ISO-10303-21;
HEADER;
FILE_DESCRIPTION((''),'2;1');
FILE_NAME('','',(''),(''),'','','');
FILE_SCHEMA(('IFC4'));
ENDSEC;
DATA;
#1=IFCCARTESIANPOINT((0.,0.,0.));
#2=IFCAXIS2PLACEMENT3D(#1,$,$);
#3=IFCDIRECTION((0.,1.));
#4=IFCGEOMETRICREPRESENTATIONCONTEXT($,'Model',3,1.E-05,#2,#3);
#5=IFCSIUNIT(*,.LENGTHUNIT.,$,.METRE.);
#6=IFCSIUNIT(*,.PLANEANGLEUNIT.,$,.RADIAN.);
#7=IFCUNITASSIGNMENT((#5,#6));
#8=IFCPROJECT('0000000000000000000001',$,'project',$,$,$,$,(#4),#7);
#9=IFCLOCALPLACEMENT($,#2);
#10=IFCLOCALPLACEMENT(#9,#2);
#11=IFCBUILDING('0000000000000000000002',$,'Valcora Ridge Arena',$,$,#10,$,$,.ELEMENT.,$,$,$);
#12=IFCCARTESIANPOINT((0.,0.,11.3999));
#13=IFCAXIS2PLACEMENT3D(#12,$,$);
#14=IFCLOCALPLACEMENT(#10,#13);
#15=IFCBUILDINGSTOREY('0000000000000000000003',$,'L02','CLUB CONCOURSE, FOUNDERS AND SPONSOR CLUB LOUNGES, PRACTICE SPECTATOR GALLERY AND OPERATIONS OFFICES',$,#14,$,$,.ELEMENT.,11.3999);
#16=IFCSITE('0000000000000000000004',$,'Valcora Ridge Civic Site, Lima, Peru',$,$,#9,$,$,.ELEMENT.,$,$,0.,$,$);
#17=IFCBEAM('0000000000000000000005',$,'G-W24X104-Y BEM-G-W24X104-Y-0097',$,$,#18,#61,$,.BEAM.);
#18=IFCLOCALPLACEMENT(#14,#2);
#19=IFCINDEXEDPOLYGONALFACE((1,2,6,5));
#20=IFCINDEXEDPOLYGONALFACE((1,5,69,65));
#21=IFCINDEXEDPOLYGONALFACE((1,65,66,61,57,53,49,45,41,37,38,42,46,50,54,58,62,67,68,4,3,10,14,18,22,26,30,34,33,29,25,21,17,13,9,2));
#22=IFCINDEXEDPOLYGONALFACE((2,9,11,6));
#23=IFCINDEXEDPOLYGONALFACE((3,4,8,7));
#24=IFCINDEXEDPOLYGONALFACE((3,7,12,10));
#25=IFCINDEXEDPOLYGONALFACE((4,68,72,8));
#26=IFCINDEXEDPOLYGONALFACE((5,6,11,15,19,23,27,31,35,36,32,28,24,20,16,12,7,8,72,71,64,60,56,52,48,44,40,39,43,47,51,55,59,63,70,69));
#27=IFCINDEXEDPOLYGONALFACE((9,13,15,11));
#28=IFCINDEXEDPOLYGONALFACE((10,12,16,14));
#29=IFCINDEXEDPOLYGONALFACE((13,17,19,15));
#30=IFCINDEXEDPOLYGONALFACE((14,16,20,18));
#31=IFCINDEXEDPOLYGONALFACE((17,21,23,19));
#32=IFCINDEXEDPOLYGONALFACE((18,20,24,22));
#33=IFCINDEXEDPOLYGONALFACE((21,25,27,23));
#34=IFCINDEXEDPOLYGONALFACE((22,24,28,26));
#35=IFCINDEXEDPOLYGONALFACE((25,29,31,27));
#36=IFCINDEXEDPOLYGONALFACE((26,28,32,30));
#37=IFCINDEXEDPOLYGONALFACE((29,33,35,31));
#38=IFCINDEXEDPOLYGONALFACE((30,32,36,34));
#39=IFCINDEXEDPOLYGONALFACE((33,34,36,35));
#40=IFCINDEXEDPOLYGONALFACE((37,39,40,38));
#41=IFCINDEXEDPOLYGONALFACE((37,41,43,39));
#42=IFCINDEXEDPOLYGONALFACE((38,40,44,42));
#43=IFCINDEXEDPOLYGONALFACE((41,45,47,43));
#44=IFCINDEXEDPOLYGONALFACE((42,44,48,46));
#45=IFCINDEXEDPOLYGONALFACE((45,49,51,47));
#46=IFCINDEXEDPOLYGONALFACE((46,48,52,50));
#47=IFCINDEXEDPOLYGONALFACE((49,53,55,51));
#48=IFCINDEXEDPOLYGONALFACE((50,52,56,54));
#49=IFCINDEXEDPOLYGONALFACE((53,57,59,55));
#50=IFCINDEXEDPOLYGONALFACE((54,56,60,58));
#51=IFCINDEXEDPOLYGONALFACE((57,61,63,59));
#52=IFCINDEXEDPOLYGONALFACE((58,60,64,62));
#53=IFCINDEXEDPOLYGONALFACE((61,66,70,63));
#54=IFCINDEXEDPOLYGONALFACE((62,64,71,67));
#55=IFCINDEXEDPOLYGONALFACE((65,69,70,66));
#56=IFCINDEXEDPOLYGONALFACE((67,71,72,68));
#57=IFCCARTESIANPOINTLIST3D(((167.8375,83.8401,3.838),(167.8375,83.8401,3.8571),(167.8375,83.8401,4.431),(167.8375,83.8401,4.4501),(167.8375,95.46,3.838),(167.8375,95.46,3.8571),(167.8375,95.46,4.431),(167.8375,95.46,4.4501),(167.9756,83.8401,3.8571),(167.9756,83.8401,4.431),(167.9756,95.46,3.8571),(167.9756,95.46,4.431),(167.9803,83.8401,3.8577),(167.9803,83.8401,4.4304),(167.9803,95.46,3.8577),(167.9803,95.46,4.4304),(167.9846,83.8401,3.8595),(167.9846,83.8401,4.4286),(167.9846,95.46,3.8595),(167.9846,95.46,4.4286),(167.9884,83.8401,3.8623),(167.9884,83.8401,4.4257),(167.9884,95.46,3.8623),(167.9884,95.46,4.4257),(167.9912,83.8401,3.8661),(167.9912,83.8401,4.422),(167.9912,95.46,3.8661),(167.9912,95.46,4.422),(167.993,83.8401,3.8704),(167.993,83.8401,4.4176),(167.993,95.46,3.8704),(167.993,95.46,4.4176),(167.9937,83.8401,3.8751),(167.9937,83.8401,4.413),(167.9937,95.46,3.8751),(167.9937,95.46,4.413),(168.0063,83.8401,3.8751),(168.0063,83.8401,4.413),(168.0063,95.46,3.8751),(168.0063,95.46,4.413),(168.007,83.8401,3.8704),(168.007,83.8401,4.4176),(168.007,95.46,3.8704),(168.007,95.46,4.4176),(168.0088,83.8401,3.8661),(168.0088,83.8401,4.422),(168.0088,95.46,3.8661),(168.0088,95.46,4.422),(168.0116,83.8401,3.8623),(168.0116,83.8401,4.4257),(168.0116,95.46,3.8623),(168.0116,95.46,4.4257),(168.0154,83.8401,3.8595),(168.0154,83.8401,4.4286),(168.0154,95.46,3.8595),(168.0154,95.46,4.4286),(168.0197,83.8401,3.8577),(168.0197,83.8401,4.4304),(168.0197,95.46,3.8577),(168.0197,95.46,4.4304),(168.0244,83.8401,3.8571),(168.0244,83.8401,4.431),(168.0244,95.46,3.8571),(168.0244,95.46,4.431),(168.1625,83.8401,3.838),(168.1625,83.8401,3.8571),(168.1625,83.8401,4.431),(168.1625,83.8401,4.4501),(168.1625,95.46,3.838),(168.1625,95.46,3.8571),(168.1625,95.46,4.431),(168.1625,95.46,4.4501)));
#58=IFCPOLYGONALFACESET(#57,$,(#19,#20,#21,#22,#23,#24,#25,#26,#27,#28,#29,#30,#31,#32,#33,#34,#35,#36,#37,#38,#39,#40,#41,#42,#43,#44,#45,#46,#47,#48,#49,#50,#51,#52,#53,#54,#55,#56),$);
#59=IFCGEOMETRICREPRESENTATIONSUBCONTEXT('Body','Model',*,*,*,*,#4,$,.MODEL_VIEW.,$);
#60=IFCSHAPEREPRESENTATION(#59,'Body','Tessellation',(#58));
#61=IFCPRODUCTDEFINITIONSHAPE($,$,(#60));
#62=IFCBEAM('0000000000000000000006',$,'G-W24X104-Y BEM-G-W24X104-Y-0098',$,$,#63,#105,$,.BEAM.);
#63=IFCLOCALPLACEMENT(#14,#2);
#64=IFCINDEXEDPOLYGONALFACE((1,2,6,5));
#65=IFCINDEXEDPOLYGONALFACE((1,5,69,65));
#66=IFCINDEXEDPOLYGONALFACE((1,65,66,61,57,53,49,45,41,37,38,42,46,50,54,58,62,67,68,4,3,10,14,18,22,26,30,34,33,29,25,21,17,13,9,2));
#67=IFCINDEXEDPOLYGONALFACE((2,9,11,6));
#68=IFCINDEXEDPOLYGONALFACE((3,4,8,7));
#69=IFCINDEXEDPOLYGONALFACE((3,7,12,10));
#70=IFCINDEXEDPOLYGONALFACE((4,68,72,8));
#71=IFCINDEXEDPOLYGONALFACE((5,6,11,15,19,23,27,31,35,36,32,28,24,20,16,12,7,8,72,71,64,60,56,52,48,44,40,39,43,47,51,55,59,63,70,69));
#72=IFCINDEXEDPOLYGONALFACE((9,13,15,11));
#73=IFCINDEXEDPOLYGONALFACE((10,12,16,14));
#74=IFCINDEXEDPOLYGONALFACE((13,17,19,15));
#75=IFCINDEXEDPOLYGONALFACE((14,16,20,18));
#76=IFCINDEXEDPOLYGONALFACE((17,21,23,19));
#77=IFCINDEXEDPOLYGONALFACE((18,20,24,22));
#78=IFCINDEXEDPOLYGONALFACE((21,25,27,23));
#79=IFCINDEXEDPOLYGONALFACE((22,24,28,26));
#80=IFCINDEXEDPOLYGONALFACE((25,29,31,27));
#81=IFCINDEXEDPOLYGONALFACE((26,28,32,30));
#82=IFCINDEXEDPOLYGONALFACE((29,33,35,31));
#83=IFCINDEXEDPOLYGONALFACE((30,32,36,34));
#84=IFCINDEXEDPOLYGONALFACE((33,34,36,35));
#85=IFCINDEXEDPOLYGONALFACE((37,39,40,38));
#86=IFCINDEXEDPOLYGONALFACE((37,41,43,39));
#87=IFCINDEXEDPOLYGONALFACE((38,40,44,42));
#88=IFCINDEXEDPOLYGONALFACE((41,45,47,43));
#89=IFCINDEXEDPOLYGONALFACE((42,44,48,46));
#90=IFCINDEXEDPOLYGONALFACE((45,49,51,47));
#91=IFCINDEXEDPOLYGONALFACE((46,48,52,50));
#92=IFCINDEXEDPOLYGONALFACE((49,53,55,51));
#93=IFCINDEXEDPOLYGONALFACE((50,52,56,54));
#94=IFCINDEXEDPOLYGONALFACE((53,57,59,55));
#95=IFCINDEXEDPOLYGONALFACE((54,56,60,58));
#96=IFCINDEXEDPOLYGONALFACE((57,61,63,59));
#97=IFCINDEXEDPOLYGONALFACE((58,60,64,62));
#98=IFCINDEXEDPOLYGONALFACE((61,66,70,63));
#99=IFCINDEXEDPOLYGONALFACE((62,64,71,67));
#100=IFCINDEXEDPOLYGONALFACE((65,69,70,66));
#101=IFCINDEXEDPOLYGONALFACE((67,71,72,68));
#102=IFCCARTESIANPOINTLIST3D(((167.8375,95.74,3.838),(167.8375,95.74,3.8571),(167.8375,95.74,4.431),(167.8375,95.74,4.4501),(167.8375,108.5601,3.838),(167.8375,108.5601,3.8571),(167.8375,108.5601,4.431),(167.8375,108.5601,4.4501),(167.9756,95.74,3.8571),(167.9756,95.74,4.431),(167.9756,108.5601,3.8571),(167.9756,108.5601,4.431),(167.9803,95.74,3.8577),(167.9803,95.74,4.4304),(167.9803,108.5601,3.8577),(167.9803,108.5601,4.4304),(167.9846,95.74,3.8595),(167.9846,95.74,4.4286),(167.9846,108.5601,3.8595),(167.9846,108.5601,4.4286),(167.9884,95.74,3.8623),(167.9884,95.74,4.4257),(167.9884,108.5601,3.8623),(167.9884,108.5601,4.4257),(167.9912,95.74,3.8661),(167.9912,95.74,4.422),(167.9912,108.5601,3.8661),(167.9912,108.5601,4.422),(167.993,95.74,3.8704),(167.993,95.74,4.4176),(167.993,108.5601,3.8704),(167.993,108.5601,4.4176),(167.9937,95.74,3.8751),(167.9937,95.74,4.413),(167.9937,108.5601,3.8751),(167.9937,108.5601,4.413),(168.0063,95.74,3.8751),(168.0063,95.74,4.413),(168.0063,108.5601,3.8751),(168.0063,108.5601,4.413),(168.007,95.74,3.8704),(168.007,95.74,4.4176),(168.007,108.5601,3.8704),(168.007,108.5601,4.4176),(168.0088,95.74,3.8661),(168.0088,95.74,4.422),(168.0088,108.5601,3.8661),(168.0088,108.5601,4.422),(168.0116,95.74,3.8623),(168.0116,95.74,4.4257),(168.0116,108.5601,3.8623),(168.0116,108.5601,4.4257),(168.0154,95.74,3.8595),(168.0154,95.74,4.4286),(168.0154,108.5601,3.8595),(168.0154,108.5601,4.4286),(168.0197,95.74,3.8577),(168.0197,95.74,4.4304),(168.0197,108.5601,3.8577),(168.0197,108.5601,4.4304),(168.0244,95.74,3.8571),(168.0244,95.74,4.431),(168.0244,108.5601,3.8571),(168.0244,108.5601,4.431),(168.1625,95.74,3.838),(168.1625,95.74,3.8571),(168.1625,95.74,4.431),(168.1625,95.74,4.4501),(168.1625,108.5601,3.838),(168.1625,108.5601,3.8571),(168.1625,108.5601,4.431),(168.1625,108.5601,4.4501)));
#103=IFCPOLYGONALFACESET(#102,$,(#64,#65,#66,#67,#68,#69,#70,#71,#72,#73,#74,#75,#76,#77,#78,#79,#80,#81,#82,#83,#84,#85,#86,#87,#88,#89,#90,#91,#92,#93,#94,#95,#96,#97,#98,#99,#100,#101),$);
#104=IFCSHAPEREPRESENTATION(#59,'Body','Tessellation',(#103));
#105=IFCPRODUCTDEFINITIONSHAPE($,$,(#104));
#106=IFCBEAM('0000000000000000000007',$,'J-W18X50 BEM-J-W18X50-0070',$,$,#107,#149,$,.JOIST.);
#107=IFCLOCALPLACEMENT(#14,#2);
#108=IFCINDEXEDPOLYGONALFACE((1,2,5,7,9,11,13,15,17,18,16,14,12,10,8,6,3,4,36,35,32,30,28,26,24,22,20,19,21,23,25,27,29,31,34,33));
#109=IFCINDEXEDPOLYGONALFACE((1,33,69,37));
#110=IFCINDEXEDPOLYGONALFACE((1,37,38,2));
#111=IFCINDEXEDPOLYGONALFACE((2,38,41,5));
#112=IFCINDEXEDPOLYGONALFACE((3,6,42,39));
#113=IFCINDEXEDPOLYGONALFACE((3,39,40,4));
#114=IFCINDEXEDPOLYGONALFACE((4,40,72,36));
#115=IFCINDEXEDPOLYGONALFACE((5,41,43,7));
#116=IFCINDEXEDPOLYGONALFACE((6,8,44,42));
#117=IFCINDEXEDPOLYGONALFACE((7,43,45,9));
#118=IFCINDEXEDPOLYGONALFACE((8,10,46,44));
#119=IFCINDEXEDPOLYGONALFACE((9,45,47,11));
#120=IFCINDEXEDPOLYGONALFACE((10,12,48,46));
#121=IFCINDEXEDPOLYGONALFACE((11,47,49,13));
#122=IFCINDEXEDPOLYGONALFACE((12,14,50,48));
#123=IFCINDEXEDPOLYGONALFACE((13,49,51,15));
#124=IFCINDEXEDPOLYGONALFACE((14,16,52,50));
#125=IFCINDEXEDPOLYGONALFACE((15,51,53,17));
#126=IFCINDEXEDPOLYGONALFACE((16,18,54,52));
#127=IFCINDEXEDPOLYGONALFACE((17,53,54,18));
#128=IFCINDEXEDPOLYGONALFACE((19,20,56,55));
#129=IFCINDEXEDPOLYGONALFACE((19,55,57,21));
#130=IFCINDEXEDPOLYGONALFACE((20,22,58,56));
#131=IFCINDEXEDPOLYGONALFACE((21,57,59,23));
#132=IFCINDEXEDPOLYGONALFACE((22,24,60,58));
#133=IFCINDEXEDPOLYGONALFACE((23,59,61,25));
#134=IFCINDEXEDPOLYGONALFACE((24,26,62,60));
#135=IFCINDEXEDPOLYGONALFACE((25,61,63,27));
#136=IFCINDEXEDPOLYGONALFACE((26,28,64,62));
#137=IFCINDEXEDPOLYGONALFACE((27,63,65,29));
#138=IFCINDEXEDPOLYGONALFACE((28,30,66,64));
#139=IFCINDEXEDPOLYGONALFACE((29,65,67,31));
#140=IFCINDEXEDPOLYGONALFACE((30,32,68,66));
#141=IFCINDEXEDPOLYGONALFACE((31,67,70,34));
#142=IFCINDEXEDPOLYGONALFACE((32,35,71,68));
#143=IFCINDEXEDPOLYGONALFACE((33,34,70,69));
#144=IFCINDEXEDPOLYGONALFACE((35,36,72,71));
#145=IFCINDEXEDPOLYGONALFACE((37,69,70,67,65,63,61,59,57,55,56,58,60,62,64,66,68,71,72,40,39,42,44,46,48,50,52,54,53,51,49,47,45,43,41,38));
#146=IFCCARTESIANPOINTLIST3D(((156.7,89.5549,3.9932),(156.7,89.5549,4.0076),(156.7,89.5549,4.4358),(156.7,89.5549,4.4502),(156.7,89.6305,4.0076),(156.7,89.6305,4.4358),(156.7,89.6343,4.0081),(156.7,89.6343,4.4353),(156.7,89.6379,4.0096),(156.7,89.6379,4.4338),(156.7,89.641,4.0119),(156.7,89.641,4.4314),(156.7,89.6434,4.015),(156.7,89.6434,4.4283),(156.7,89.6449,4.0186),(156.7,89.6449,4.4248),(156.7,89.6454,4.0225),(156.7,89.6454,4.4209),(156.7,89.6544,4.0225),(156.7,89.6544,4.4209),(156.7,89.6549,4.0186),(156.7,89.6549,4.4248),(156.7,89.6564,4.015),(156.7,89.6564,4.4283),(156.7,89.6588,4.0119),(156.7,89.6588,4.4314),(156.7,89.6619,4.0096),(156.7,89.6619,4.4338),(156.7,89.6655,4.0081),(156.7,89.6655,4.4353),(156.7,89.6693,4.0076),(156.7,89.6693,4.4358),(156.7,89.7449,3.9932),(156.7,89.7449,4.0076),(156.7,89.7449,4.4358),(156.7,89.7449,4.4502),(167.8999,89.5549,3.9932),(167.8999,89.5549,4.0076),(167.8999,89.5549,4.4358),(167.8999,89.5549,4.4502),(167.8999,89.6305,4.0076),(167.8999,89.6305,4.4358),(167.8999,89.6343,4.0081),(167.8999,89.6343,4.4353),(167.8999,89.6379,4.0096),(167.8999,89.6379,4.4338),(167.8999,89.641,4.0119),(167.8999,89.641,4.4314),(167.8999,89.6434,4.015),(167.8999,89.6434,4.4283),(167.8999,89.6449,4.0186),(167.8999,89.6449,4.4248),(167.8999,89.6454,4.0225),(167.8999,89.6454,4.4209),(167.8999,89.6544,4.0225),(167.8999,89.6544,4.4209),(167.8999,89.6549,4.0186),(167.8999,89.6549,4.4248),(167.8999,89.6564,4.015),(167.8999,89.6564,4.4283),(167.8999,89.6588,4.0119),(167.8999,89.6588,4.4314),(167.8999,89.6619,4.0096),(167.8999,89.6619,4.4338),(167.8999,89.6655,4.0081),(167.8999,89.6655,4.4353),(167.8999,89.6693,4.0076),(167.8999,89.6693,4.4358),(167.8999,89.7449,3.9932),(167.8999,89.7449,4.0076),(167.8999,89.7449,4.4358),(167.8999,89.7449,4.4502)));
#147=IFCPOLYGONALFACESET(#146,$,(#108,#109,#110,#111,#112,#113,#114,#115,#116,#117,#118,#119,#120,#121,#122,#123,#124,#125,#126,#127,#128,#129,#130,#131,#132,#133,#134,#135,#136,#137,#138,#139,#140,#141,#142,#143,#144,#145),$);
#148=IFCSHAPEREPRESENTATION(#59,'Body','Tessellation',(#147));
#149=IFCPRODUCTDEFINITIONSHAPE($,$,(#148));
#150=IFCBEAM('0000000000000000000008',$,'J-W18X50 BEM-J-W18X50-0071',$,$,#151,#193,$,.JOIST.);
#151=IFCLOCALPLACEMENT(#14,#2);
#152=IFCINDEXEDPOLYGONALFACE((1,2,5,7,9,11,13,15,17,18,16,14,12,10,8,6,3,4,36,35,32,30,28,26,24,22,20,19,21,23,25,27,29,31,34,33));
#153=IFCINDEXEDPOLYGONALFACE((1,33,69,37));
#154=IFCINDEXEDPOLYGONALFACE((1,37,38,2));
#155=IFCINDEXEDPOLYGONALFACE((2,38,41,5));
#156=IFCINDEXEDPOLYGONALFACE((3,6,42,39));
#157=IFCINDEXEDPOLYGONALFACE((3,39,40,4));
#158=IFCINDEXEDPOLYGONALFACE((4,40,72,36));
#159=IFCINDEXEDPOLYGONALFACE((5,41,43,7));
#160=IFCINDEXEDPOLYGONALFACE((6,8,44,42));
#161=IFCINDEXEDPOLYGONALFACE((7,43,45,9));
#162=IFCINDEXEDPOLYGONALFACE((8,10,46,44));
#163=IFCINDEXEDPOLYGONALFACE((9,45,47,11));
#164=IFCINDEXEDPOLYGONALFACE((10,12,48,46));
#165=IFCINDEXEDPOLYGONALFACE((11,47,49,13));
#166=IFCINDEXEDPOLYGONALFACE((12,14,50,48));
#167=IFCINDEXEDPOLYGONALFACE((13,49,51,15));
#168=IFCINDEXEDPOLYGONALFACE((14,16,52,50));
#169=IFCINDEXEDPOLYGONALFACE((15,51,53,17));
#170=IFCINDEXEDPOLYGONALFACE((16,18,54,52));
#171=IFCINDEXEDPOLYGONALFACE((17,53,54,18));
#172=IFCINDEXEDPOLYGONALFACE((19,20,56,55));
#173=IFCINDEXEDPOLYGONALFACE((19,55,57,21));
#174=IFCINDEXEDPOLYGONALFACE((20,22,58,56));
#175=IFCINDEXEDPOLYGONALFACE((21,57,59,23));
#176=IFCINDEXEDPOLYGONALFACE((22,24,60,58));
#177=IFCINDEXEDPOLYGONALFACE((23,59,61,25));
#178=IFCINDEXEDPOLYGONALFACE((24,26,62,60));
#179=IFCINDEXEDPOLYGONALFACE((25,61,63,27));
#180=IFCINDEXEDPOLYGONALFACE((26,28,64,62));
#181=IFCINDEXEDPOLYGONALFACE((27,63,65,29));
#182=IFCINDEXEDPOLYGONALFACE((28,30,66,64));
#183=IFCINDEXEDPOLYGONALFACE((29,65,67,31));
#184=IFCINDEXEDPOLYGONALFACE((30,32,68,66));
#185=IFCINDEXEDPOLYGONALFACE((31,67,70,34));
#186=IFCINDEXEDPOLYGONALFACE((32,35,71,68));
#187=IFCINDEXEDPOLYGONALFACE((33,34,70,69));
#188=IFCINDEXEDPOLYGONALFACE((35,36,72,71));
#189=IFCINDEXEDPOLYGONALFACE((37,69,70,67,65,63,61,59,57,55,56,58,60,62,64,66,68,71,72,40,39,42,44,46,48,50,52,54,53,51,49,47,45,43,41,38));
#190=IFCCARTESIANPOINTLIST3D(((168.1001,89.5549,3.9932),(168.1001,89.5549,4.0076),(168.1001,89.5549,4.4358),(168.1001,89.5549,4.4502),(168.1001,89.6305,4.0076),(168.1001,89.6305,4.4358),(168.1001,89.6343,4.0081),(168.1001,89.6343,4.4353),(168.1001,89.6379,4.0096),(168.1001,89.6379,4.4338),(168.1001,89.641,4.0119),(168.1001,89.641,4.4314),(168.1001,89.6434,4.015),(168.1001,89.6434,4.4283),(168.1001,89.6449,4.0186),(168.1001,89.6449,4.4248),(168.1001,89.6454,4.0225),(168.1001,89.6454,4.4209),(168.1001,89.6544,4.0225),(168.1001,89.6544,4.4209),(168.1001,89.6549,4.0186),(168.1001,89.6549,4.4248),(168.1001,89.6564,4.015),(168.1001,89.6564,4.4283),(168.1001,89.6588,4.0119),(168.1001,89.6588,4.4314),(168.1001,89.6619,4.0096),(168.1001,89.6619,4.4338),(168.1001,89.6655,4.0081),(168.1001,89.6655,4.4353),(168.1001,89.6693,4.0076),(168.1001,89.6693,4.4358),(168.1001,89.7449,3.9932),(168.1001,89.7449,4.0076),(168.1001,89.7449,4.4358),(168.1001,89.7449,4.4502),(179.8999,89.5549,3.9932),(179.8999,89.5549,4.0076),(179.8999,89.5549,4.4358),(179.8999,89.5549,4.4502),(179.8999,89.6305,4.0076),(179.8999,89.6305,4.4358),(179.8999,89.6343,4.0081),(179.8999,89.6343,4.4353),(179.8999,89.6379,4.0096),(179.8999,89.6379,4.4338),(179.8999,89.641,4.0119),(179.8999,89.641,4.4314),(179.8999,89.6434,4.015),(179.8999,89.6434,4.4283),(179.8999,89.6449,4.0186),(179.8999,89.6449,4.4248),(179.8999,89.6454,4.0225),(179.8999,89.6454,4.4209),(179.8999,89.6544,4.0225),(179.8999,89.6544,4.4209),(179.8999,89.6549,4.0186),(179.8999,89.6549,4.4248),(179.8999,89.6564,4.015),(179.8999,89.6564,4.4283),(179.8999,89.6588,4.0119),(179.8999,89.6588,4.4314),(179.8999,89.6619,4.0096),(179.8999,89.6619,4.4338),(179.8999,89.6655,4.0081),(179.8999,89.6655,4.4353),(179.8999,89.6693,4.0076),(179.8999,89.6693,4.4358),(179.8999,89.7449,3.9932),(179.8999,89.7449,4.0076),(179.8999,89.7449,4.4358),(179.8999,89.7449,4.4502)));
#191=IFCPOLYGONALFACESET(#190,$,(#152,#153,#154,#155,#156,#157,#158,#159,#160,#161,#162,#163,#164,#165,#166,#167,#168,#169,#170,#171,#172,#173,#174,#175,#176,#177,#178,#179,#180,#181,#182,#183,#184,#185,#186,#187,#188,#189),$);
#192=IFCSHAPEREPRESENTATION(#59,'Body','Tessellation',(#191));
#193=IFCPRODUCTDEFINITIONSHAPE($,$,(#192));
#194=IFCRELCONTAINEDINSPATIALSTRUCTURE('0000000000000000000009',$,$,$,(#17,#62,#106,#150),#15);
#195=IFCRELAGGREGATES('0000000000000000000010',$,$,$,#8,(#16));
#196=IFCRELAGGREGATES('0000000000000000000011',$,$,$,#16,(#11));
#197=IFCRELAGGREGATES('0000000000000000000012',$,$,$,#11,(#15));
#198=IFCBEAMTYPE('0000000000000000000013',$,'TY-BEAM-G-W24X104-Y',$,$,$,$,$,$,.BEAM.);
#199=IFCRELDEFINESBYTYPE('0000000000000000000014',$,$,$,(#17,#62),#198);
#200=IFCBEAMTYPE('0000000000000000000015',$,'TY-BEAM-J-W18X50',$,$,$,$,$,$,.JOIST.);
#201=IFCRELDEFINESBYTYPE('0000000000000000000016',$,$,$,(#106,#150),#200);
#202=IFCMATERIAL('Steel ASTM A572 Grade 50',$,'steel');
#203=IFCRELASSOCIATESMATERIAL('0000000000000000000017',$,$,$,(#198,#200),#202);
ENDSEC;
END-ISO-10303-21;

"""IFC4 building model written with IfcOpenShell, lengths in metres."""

from ifc_helpers import new_model, si_unit, direction, frame, origin, origin_2d, place, context, subcontext, project, spatial, i_section, extrude, material, material_profile, profile_set, type_object, element, save


model = new_model("IFC4")

# Units and contexts
model_context = context("Model", 3, precision=1e-05, world=origin(), true_north=direction((0.0, 1.0)))
body_context = subcontext(model_context, "Body", "Model", "MODEL_VIEW")
ifc_project = project(units=[si_unit("LENGTHUNIT", "METRE"), si_unit("PLANEANGLEUNIT", "RADIAN")], contexts=[model_context])

# Site, building, storey
site_placement = place(None, origin())
site = spatial("IfcSite", under=ifc_project, at=site_placement, Name="Valcora Ridge Civic Site, Lima, Peru", CompositionType="ELEMENT", RefElevation=0.0)
building_placement = place(site_placement, origin())
building = spatial("IfcBuilding", under=site, at=building_placement, Name="Valcora Ridge Arena", CompositionType="ELEMENT")
storey_placement = place(building_placement, frame((0.0, 0.0, 11.3999)))
storey = spatial("IfcBuildingStorey", under=building, at=storey_placement, Name="L02", Description="CLUB CONCOURSE, FOUNDERS AND SPONSOR CLUB LOUNGES, PRACTICE SPECTATOR GALLERY AND OPERATIONS OFFICES", CompositionType="ELEMENT", Elevation=11.3999)

# Beams
ifc_material_1 = material(Name="Steel ASTM A572 Grade 50", Category="steel")
ifc_material_profile_1 = material_profile(ifc_material_1, i_section(OverallWidth=0.325, OverallDepth=0.6121, WebThickness=0.0127, FlangeThickness=0.019, FilletRadius=0.0181, at=origin_2d()), Name="W24X104")
ifc_profile_set_1 = profile_set([ifc_material_profile_1], Name="Steel ASTM A572 Grade 50")
beam_type_1 = type_object("IfcBeamType", Name="TY-BEAM-G-W24X104-Y", PredefinedType="BEAM", material=ifc_profile_set_1)
for number, where, z_axis, x_axis, name in (
    (1, (168.0, 83.8401, 4.144), (0.0, 1.0, 0.0), (-1.0, 0.0, 0.0), "G-W24X104-Y BEM-G-W24X104-Y-0097"),
):
    element("IfcBeam", number, at=place(storey_placement, frame(where, z_axis=z_axis, x_axis=x_axis)), inside=storey, type_object=beam_type_1, Name=name, PredefinedType="BEAM", context=body_context, shape_type="SweptSolid", body=[
        extrude(i_section(OverallWidth=0.325, OverallDepth=0.6121, WebThickness=0.0127, FlangeThickness=0.019, FilletRadius=0.0181, at=origin_2d()), origin(), (0.0, 0.0, 1.0), 11.6199),
    ])
beam_1_placement = place(storey_placement, frame((168.0, 95.74, 4.144), z_axis=(0.0, 1.0, 0.0), x_axis=(-1.0, 0.0, 0.0)))
element("IfcBeam", 2, at=beam_1_placement, inside=storey, type_object=beam_type_1, Name="G-W24X104-Y BEM-G-W24X104-Y-0098", PredefinedType="BEAM", context=body_context, shape_type="SweptSolid", body=[
    extrude(i_section(OverallWidth=0.325, OverallDepth=0.6121, WebThickness=0.0127, FlangeThickness=0.019, FilletRadius=0.0181, at=origin_2d()), origin(), (0.0, 0.0, 1.0), 12.8201),
])
ifc_material_profile_2 = material_profile(ifc_material_1, i_section(OverallWidth=0.1899, OverallDepth=0.457, WebThickness=0.009, FlangeThickness=0.0144, FilletRadius=0.0149, at=origin_2d()), Name="W18X50")
ifc_profile_set_2 = profile_set([ifc_material_profile_2], Name="Steel ASTM A572 Grade 50")
beam_type_2 = type_object("IfcBeamType", Name="TY-BEAM-J-W18X50", PredefinedType="JOIST", material=ifc_profile_set_2)
beam_2_placement = place(storey_placement, frame((156.7, 89.6499, 4.2217), z_axis=(1.0, 0.0, 0.0), x_axis=(0.0, 1.0, 0.0)))
element("IfcBeam", 3, at=beam_2_placement, inside=storey, type_object=beam_type_2, Name="J-W18X50 BEM-J-W18X50-0070", PredefinedType="JOIST", context=body_context, shape_type="SweptSolid", body=[
    extrude(i_section(OverallWidth=0.1899, OverallDepth=0.457, WebThickness=0.009, FlangeThickness=0.0144, FilletRadius=0.0149, at=origin_2d()), origin(), (0.0, 0.0, 1.0), 11.2),
])
beam_3_placement = place(storey_placement, frame((168.1001, 89.6499, 4.2217), z_axis=(1.0, 0.0, 0.0), x_axis=(0.0, 1.0, 0.0)))
element("IfcBeam", 4, at=beam_3_placement, inside=storey, type_object=beam_type_2, Name="J-W18X50 BEM-J-W18X50-0071", PredefinedType="JOIST", context=body_context, shape_type="SweptSolid", body=[
    extrude(i_section(OverallWidth=0.1899, OverallDepth=0.457, WebThickness=0.009, FlangeThickness=0.0144, FilletRadius=0.0149, at=origin_2d()), origin(), (0.0, 0.0, 1.0), 11.7998),
])

save(model, "model.ifc")
